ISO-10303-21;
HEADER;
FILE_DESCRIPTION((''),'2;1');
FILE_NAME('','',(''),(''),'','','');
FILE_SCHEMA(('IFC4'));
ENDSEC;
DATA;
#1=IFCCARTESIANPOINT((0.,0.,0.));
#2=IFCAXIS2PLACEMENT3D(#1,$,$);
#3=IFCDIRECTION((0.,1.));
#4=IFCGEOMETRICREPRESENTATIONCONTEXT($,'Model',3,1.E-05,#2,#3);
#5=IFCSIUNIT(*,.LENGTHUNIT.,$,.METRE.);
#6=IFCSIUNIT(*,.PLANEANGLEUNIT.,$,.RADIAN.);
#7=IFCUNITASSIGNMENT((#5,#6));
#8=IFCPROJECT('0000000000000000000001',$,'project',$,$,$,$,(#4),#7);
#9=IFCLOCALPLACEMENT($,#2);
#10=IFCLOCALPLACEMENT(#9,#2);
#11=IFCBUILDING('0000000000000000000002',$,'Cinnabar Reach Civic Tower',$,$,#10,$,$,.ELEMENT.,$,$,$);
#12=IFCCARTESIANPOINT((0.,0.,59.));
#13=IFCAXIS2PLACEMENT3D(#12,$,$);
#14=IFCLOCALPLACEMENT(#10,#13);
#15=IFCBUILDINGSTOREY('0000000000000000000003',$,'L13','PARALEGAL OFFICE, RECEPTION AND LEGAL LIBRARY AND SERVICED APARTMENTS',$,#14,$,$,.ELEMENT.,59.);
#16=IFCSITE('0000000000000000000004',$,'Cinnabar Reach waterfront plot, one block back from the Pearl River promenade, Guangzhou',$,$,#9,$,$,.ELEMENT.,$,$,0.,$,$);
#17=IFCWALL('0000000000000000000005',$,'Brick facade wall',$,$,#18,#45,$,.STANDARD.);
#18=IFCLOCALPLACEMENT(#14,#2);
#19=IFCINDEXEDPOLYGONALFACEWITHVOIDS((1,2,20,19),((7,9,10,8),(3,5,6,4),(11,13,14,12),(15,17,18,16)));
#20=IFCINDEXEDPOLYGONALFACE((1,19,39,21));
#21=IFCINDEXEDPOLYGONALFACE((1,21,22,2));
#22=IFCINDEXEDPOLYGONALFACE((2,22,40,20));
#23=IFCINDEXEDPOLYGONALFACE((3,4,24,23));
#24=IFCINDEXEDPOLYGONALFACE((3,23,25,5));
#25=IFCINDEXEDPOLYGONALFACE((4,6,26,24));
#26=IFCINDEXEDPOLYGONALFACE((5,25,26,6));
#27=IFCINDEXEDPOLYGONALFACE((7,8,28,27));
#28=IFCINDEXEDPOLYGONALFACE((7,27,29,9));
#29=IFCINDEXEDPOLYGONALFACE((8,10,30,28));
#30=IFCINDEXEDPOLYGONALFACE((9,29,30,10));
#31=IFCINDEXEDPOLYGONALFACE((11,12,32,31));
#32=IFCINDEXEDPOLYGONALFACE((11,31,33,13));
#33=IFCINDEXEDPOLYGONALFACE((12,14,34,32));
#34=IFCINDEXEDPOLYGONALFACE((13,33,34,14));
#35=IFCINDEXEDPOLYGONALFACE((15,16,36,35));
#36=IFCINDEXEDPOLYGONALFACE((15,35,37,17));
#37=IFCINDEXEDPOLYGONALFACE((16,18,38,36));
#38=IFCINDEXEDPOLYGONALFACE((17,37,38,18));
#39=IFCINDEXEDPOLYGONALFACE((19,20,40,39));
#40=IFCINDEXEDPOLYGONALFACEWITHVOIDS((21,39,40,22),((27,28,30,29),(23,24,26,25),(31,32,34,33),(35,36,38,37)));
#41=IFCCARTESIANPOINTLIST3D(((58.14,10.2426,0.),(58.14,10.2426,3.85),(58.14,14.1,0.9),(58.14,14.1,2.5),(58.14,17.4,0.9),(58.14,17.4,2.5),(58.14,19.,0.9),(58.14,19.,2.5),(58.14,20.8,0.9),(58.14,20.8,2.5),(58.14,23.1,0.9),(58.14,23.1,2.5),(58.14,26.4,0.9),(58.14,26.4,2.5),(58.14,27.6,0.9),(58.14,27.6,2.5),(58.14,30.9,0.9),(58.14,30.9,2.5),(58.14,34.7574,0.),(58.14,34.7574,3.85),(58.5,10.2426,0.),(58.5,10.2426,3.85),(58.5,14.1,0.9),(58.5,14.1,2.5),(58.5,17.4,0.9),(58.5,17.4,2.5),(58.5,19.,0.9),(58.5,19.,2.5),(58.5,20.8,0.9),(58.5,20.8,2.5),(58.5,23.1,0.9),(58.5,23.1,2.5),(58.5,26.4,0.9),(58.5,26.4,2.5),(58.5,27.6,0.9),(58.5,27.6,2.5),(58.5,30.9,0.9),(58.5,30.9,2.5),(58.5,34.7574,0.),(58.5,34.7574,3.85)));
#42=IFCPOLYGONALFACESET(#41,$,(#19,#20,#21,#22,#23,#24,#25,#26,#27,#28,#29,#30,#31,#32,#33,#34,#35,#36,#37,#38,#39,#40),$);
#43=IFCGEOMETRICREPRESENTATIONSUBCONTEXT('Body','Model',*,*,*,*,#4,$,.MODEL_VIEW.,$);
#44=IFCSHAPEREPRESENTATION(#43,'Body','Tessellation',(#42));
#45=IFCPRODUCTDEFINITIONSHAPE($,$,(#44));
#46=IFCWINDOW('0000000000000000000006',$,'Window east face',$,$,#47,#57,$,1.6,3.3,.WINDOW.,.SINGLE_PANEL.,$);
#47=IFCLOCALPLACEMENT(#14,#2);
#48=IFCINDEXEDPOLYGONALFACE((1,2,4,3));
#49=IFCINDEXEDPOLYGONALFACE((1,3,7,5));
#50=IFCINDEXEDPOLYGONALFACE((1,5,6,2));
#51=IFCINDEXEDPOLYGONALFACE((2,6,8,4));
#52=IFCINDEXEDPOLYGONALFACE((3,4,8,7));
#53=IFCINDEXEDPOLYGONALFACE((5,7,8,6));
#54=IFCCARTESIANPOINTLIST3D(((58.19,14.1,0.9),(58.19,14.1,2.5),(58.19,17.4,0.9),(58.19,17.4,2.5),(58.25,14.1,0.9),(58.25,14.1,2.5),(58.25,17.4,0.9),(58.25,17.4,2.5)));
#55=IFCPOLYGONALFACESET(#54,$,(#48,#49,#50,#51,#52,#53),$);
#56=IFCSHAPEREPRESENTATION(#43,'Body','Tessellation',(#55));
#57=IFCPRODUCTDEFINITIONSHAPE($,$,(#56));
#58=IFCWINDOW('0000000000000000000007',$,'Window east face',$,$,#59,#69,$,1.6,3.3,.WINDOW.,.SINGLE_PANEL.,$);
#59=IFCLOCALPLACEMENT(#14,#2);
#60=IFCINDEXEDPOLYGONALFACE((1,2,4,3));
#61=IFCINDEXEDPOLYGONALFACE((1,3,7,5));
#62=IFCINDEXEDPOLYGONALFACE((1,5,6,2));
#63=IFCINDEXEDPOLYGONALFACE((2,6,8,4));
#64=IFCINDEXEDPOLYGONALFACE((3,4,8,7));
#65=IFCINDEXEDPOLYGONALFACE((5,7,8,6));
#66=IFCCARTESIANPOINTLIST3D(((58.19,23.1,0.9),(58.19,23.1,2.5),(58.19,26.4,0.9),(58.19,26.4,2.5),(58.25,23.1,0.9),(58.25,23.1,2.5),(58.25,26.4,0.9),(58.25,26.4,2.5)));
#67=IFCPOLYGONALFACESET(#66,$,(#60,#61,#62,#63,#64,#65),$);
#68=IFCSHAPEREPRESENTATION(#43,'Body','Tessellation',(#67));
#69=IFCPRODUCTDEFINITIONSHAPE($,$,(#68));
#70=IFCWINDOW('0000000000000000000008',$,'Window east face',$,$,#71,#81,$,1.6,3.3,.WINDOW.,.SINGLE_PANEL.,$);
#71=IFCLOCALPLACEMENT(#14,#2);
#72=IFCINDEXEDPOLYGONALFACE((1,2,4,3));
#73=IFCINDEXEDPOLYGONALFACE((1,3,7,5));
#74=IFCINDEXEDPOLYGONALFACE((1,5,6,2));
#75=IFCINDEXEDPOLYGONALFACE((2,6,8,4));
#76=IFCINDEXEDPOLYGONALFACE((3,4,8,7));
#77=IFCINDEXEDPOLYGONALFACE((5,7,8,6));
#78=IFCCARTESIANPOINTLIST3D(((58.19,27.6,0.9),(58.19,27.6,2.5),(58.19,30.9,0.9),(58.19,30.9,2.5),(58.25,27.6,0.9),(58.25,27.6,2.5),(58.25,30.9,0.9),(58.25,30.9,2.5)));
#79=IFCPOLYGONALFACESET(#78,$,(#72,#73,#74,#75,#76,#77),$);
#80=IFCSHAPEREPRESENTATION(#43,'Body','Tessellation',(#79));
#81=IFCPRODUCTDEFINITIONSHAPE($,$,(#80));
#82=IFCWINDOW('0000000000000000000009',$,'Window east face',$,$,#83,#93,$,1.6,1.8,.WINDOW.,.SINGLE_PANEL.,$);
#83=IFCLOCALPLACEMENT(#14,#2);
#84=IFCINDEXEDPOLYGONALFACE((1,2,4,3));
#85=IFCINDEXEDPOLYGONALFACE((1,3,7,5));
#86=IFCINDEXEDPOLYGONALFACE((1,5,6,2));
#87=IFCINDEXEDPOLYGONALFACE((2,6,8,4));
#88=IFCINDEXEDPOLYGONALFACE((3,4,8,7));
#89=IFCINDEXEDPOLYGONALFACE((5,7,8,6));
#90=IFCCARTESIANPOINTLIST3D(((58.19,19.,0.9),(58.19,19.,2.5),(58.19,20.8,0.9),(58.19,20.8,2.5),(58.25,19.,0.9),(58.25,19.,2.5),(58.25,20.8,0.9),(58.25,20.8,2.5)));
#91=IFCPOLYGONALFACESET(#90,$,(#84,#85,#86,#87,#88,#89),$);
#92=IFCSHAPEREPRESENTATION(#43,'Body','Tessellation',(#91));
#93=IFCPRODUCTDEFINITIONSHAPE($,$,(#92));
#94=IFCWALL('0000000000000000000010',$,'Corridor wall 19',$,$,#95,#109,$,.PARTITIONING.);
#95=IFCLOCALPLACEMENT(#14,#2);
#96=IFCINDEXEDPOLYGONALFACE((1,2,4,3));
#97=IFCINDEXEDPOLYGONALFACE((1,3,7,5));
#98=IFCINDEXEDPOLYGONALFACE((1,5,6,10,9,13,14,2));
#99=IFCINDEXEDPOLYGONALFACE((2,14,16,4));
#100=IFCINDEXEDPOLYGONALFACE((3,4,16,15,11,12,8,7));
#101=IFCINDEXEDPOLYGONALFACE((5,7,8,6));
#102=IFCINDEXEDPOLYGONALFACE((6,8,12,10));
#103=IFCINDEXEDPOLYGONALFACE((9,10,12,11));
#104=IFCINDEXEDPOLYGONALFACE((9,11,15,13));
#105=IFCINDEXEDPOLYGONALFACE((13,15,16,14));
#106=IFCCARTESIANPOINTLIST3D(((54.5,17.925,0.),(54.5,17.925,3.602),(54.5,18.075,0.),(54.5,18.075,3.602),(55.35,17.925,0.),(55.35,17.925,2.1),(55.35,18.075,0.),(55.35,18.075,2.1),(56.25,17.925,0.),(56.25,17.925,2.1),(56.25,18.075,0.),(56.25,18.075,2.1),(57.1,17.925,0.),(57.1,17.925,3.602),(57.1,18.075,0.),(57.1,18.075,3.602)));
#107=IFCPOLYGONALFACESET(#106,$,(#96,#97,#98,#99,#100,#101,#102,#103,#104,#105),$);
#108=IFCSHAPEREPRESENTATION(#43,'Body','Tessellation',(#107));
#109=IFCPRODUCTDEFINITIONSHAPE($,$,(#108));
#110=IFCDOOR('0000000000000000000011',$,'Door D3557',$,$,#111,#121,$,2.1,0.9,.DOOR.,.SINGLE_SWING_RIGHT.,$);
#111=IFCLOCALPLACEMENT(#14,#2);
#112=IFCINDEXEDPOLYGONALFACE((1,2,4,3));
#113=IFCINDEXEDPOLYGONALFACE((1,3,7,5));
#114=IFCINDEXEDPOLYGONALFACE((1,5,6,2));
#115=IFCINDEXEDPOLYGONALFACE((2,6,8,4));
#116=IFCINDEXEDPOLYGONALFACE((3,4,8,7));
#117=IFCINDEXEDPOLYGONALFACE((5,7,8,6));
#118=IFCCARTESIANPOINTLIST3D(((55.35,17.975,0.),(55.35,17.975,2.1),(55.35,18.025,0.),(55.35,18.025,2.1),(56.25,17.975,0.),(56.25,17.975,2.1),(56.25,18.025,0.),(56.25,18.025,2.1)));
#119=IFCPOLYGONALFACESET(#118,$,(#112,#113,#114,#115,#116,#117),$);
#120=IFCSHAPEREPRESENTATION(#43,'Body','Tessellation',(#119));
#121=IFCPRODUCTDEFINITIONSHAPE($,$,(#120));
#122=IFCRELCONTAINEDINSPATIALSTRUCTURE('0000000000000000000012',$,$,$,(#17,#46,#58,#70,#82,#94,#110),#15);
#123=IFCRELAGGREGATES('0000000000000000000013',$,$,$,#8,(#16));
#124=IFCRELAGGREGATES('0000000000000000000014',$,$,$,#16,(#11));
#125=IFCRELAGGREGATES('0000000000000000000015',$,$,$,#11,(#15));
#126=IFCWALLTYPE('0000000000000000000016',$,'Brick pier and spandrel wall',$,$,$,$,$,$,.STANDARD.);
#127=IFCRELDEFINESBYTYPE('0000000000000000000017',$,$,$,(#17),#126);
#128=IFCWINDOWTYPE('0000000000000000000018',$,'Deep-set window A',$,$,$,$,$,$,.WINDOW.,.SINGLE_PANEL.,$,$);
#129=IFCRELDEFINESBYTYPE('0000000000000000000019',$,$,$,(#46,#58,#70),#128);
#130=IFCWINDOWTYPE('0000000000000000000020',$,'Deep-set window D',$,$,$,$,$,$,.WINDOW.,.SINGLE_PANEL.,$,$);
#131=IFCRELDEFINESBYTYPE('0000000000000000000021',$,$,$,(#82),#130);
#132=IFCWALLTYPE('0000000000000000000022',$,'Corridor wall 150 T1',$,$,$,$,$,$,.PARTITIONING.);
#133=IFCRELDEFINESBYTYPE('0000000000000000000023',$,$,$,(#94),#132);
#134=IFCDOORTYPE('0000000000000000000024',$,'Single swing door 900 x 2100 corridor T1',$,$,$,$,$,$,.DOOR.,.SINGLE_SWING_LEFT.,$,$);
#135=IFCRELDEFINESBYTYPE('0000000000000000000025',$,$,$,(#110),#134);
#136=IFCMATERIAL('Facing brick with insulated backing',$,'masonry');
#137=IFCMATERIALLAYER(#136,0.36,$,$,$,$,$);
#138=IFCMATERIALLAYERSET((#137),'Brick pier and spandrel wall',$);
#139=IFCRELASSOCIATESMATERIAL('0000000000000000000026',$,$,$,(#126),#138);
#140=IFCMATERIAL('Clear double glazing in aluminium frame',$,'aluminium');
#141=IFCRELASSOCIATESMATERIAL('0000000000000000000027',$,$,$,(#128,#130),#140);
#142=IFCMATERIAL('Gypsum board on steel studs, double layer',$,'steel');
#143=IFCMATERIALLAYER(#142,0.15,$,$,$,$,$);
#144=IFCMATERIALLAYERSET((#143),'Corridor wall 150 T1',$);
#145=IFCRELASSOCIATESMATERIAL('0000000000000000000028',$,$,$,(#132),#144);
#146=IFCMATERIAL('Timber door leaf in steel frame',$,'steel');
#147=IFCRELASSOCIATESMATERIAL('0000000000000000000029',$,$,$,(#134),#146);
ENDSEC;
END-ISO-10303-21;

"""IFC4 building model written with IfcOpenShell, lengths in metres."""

from ifc_helpers import new_model, si_unit, direction, frame, frame_2d, origin, place, context, subcontext, project, spatial, rectangle, extrude, material, layer, layer_set, type_object, element, fill, save


model = new_model("IFC4")

# Units and contexts
model_context = context("Model", 3, precision=1e-05, world=origin(), true_north=direction((0.0, 1.0)))
body_context = subcontext(model_context, "Body", "Model", "MODEL_VIEW")
ifc_project = project(units=[si_unit("LENGTHUNIT", "METRE"), si_unit("PLANEANGLEUNIT", "RADIAN")], contexts=[model_context])

# Site, building, storey
site_placement = place(None, origin())
site = spatial("IfcSite", under=ifc_project, at=site_placement, Name="Cinnabar Reach waterfront plot, one block back from the Pearl River promenade, Guangzhou", CompositionType="ELEMENT", RefElevation=0.0)
building_placement = place(site_placement, origin())
building = spatial("IfcBuilding", under=site, at=building_placement, Name="Cinnabar Reach Civic Tower", CompositionType="ELEMENT")
storey_placement = place(building_placement, frame((0.0, 0.0, 59.0)))
storey = spatial("IfcBuildingStorey", under=building, at=storey_placement, Name="L13", Description="PARALEGAL OFFICE, RECEPTION AND LEGAL LIBRARY AND SERVICED APARTMENTS", CompositionType="ELEMENT", Elevation=59.0)

# Shared definitions
ifc_material_1 = material(Name="Facing brick with insulated backing", Category="masonry")

# Wall, openings, windows
ifc_layer_1 = layer(ifc_material_1, 0.36)
ifc_layer_set_1 = layer_set([ifc_layer_1], Name="Brick pier and spandrel wall")
wall_type_1 = type_object("IfcWallType", Name="Brick pier and spandrel wall", PredefinedType="STANDARD", material=ifc_layer_set_1)
wall_1_placement = place(storey_placement, frame((58.32, 10.2426, 0.0), z_axis=(0.0, 0.0, 1.0), x_axis=(0.0, 1.0, 0.0)))
wall_1 = element("IfcWall", 1, at=wall_1_placement, inside=storey, type_object=wall_type_1, Name="Brick facade wall", PredefinedType="STANDARD", context=body_context, shape_type="SweptSolid", body=[
    extrude(rectangle(XDim=24.5148, YDim=0.36, at=frame_2d((12.2574, 0.0))), origin(), (0.0, 0.0, 1.0), 3.85),
])
opening_1_placement = place(wall_1_placement, frame((3.8574, 0.0, 0.9)))
opening_1 = element("IfcOpeningElement", 2, at=opening_1_placement, cuts=wall_1, PredefinedType="OPENING", context=body_context, shape_type="SweptSolid", body=[
    extrude(rectangle(XDim=3.3, YDim=1.6, at=frame_2d((1.65, 0.8))), frame((0.0, 0.19, 0.0), z_axis=(0.0, -1.0, 0.0), x_axis=(1.0, 0.0, 0.0)), (0.0, 0.0, 1.0), 0.38),
])
opening_2_placement = place(wall_1_placement, frame((8.7574, 0.0, 0.9)))
opening_2 = element("IfcOpeningElement", 3, at=opening_2_placement, cuts=wall_1, PredefinedType="OPENING", context=body_context, shape_type="SweptSolid", body=[
    extrude(rectangle(XDim=1.8, YDim=1.6, at=frame_2d((0.9, 0.8))), frame((0.0, 0.19, 0.0), z_axis=(0.0, -1.0, 0.0), x_axis=(1.0, 0.0, 0.0)), (0.0, 0.0, 1.0), 0.38),
])
opening_3_placement = place(wall_1_placement, frame((12.8574, 0.0, 0.9)))
opening_3 = element("IfcOpeningElement", 4, at=opening_3_placement, cuts=wall_1, PredefinedType="OPENING", context=body_context, shape_type="SweptSolid", body=[
    extrude(rectangle(XDim=3.3, YDim=1.6, at=frame_2d((1.65, 0.8))), frame((0.0, 0.19, 0.0), z_axis=(0.0, -1.0, 0.0), x_axis=(1.0, 0.0, 0.0)), (0.0, 0.0, 1.0), 0.38),
])
opening_4_placement = place(wall_1_placement, frame((17.3574, 0.0, 0.9)))
opening_4 = element("IfcOpeningElement", 5, at=opening_4_placement, cuts=wall_1, PredefinedType="OPENING", context=body_context, shape_type="SweptSolid", body=[
    extrude(rectangle(XDim=3.3, YDim=1.6, at=frame_2d((1.65, 0.8))), frame((0.0, 0.19, 0.0), z_axis=(0.0, -1.0, 0.0), x_axis=(1.0, 0.0, 0.0)), (0.0, 0.0, 1.0), 0.38),
])
ifc_material_2 = material(Name="Clear double glazing in aluminium frame", Category="aluminium")
window_type_1 = type_object("IfcWindowType", Name="Deep-set window A", PartitioningType="SINGLE_PANEL", PredefinedType="WINDOW", material=ifc_material_2)
window_1_placement = place(opening_1_placement, origin())
window_1 = element("IfcWindow", 6, at=window_1_placement, inside=storey, type_object=window_type_1, Name="Window east face", OverallHeight=1.6, OverallWidth=3.3, PartitioningType="SINGLE_PANEL", PredefinedType="WINDOW", context=body_context, shape_type="SweptSolid", body=[
    extrude(rectangle(XDim=3.3, YDim=1.6, at=frame_2d((1.65, 0.8))), frame((0.0, 0.13, 0.0), z_axis=(0.0, -1.0, 0.0), x_axis=(1.0, 0.0, 0.0)), (0.0, 0.0, 1.0), 0.06),
])
fill(opening_1, window_1)
window_2_placement = place(opening_3_placement, origin())
window_2 = element("IfcWindow", 7, at=window_2_placement, inside=storey, type_object=window_type_1, Name="Window east face", OverallHeight=1.6, OverallWidth=3.3, PartitioningType="SINGLE_PANEL", PredefinedType="WINDOW", context=body_context, shape_type="SweptSolid", body=[
    extrude(rectangle(XDim=3.3, YDim=1.6, at=frame_2d((1.65, 0.8))), frame((0.0, 0.13, 0.0), z_axis=(0.0, -1.0, 0.0), x_axis=(1.0, 0.0, 0.0)), (0.0, 0.0, 1.0), 0.06),
])
fill(opening_3, window_2)
window_3_placement = place(opening_4_placement, origin())
window_3 = element("IfcWindow", 8, at=window_3_placement, inside=storey, type_object=window_type_1, Name="Window east face", OverallHeight=1.6, OverallWidth=3.3, PartitioningType="SINGLE_PANEL", PredefinedType="WINDOW", context=body_context, shape_type="SweptSolid", body=[
    extrude(rectangle(XDim=3.3, YDim=1.6, at=frame_2d((1.65, 0.8))), frame((0.0, 0.13, 0.0), z_axis=(0.0, -1.0, 0.0), x_axis=(1.0, 0.0, 0.0)), (0.0, 0.0, 1.0), 0.06),
])
fill(opening_4, window_3)
window_type_2 = type_object("IfcWindowType", Name="Deep-set window D", PartitioningType="SINGLE_PANEL", PredefinedType="WINDOW", material=ifc_material_2)
window_4_placement = place(opening_2_placement, origin())
window_4 = element("IfcWindow", 9, at=window_4_placement, inside=storey, type_object=window_type_2, Name="Window east face", OverallHeight=1.6, OverallWidth=1.8, PartitioningType="SINGLE_PANEL", PredefinedType="WINDOW", context=body_context, shape_type="SweptSolid", body=[
    extrude(rectangle(XDim=1.8, YDim=1.6, at=frame_2d((0.9, 0.8))), frame((0.0, 0.13, 0.0), z_axis=(0.0, -1.0, 0.0), x_axis=(1.0, 0.0, 0.0)), (0.0, 0.0, 1.0), 0.06),
])
fill(opening_2, window_4)

# Wall, opening, door
ifc_material_3 = material(Name="Gypsum board on steel studs, double layer", Category="steel")
ifc_layer_2 = layer(ifc_material_3, 0.15)
ifc_layer_set_2 = layer_set([ifc_layer_2], Name="Corridor wall 150 T1")
wall_type_2 = type_object("IfcWallType", Name="Corridor wall 150 T1", PredefinedType="PARTITIONING", material=ifc_layer_set_2)
wall_2_placement = place(storey_placement, frame((54.5, 18.0, 0.0), z_axis=(0.0, 0.0, 1.0), x_axis=(1.0, 0.0, 0.0)))
wall_2 = element("IfcWall", 10, at=wall_2_placement, inside=storey, type_object=wall_type_2, Name="Corridor wall 19", PredefinedType="PARTITIONING", context=body_context, shape_type="SweptSolid", body=[
    extrude(rectangle(XDim=2.6, YDim=0.15, at=frame_2d((1.3, 0.0))), origin(), (0.0, 0.0, 1.0), 3.602),
])
opening_5_placement = place(wall_2_placement, frame((0.85, 0.0, 0.0)))
opening_5 = element("IfcOpeningElement", 11, at=opening_5_placement, cuts=wall_2, PredefinedType="OPENING", context=body_context, shape_type="SweptSolid", body=[
    extrude(rectangle(XDim=0.9, YDim=2.1, at=frame_2d((0.45, 1.05))), frame((0.0, 0.085, 0.0), z_axis=(0.0, -1.0, 0.0), x_axis=(1.0, 0.0, 0.0)), (0.0, 0.0, 1.0), 0.17),
])
ifc_material_4 = material(Name="Timber door leaf in steel frame", Category="steel")
door_type = type_object("IfcDoorType", Name="Single swing door 900 x 2100 corridor T1", OperationType="SINGLE_SWING_LEFT", PredefinedType="DOOR", material=ifc_material_4)
door_1_placement = place(opening_5_placement, frame((0.9, 0.0, 0.0), z_axis=(0.0, 0.0, 1.0), x_axis=(-1.0, 0.0, 0.0)))
door_1 = element("IfcDoor", 12, at=door_1_placement, inside=storey, type_object=door_type, Name="Door D3557", OperationType="SINGLE_SWING_RIGHT", OverallHeight=2.1, OverallWidth=0.9, PredefinedType="DOOR", context=body_context, shape_type="SweptSolid", body=[
    extrude(rectangle(XDim=0.9, YDim=2.1, at=frame_2d((0.45, 1.05))), frame((0.0, 0.025, 0.0), z_axis=(0.0, -1.0, 0.0), x_axis=(1.0, 0.0, 0.0)), (0.0, 0.0, 1.0), 0.05),
])
fill(opening_5, door_1)

save(model, "model.ifc")
